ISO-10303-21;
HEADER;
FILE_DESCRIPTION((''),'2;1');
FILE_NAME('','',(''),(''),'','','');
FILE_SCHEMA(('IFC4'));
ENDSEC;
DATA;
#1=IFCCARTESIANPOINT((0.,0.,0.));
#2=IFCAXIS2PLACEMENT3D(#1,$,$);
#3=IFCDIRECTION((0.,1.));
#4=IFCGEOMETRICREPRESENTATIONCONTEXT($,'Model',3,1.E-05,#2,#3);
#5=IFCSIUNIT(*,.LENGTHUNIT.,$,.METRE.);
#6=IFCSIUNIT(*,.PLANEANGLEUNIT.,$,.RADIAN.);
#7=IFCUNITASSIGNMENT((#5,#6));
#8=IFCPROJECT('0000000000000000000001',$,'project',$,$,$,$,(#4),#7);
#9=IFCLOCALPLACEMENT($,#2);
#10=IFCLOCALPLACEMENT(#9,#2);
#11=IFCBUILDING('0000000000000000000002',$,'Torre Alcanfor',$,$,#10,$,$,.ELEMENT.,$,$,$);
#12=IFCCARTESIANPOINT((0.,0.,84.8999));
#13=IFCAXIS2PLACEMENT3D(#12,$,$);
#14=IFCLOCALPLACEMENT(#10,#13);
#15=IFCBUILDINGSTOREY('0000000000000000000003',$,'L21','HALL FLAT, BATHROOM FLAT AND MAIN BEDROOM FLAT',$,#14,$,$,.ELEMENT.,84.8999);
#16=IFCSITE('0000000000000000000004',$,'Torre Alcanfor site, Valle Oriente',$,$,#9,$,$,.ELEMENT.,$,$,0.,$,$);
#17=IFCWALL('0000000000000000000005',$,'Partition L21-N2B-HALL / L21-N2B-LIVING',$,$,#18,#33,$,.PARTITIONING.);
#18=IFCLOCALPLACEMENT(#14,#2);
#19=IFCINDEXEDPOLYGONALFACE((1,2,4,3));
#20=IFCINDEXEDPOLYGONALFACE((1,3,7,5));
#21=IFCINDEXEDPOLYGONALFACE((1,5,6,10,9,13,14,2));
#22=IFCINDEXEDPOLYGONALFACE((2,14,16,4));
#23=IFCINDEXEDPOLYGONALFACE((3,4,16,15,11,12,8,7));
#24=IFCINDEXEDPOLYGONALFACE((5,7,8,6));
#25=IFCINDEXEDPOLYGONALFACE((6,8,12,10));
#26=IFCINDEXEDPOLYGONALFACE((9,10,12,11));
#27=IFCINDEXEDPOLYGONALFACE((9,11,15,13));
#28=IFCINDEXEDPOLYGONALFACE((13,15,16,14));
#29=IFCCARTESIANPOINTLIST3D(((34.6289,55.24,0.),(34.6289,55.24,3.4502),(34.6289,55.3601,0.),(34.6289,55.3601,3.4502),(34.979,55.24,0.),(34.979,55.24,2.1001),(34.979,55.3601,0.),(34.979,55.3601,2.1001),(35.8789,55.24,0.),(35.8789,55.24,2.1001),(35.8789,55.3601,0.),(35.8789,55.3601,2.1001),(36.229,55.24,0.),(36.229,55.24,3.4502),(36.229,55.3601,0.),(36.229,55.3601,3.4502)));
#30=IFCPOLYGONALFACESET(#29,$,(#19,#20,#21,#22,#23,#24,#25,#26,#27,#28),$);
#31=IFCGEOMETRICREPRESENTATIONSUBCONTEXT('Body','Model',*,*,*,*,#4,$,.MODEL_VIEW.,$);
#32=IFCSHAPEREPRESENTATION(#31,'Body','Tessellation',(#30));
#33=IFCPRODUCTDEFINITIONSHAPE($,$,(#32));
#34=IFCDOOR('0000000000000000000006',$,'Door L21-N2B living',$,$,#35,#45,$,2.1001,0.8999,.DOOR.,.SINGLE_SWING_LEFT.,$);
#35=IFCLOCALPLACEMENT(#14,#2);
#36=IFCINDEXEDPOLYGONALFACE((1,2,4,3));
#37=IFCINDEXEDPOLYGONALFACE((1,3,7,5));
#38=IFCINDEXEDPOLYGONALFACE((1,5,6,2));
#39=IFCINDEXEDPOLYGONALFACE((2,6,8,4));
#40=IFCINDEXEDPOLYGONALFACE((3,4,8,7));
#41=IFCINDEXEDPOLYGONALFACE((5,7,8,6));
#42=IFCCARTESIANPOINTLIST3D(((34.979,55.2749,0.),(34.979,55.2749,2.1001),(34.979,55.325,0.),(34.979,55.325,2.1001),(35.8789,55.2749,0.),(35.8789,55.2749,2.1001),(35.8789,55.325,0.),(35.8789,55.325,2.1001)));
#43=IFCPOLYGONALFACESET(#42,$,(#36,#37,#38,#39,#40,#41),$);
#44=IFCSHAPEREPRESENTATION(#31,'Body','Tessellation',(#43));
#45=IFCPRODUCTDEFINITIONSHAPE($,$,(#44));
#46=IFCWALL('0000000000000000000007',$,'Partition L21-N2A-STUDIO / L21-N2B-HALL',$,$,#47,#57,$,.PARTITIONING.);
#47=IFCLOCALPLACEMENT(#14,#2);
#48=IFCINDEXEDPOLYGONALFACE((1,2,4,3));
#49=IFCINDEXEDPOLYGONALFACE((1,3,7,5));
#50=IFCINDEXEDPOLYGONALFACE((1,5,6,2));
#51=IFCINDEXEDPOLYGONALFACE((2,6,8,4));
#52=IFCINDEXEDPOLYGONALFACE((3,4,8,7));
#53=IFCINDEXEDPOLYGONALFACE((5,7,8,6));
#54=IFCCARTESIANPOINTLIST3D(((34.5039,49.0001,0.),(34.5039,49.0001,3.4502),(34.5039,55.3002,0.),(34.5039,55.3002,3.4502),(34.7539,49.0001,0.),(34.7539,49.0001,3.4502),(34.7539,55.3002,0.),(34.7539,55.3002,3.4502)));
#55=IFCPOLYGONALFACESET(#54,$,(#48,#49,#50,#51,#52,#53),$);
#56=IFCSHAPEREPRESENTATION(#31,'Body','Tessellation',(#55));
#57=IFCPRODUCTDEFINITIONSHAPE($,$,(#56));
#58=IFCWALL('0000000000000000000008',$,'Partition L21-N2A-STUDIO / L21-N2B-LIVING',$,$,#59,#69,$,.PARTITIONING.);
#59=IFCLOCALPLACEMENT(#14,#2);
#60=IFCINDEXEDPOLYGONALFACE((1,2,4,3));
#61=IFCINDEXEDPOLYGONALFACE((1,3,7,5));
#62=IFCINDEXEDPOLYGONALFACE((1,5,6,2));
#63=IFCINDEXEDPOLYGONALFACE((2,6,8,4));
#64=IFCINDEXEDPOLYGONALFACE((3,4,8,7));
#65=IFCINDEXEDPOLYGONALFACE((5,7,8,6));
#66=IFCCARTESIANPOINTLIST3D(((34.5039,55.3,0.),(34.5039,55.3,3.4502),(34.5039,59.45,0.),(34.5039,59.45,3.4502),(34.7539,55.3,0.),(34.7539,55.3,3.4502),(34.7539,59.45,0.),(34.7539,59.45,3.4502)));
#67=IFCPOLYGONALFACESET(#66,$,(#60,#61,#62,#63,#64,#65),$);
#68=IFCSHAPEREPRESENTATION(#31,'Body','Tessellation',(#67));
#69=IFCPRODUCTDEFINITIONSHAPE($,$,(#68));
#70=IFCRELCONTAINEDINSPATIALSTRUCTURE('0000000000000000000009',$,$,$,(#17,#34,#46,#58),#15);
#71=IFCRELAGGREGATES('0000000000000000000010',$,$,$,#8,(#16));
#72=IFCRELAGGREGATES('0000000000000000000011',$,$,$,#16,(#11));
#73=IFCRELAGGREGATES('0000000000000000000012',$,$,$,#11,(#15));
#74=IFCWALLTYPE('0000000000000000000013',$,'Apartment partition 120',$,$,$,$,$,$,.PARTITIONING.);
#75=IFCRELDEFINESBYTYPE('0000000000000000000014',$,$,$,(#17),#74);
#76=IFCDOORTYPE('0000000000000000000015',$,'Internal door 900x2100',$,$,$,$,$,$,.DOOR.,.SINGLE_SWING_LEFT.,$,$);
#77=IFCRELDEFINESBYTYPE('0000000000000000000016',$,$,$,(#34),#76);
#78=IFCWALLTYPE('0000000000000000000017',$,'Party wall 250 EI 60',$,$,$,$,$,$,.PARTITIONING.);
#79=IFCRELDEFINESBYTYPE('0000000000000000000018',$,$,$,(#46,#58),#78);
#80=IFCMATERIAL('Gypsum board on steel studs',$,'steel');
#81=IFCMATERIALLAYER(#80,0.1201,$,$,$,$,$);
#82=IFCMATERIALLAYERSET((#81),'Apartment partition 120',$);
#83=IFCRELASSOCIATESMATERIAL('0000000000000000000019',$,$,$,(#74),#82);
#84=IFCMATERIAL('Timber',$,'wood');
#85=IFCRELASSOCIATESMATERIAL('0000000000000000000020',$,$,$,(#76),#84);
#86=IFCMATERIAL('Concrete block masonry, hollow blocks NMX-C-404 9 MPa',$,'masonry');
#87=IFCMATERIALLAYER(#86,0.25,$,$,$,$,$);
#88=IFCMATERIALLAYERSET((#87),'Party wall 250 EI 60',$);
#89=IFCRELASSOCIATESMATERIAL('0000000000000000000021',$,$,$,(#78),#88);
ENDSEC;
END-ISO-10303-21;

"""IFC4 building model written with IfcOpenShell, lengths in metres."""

from ifc_helpers import new_model, si_unit, direction, frame, frame_2d, origin, place, context, subcontext, project, spatial, rectangle, extrude, material, layer, layer_set, type_object, element, fill, save


model = new_model("IFC4")

# Units and contexts
model_context = context("Model", 3, precision=1e-05, world=origin(), true_north=direction((0.0, 1.0)))
body_context = subcontext(model_context, "Body", "Model", "MODEL_VIEW")
ifc_project = project(units=[si_unit("LENGTHUNIT", "METRE"), si_unit("PLANEANGLEUNIT", "RADIAN")], contexts=[model_context])

# Site, building, storey
site_placement = place(None, origin())
site = spatial("IfcSite", under=ifc_project, at=site_placement, Name="Torre Alcanfor site, Valle Oriente", CompositionType="ELEMENT", RefElevation=0.0)
building_placement = place(site_placement, origin())
building = spatial("IfcBuilding", under=site, at=building_placement, Name="Torre Alcanfor", CompositionType="ELEMENT")
storey_placement = place(building_placement, frame((0.0, 0.0, 84.8999)))
storey = spatial("IfcBuildingStorey", under=building, at=storey_placement, Name="L21", Description="HALL FLAT, BATHROOM FLAT AND MAIN BEDROOM FLAT", CompositionType="ELEMENT", Elevation=84.8999)

# Shared definitions
ifc_material_1 = material(Name="Gypsum board on steel studs", Category="steel")
ifc_layer_1 = layer(ifc_material_1, 0.1201)
ifc_layer_set_1 = layer_set([ifc_layer_1], Name="Apartment partition 120")
wall_type_1 = type_object("IfcWallType", Name="Apartment partition 120", PredefinedType="PARTITIONING", material=ifc_layer_set_1)

# Wall, opening, door
wall_1_placement = place(storey_placement, frame((34.6289, 55.3, 0.0), z_axis=(0.0, 0.0, 1.0), x_axis=(1.0, 0.0, 0.0)))
wall_1 = element("IfcWall", 1, at=wall_1_placement, inside=storey, type_object=wall_type_1, Name="Partition L21-N2B-HALL / L21-N2B-LIVING", PredefinedType="PARTITIONING", context=body_context, shape_type="SweptSolid", body=[
    extrude(rectangle(XDim=1.6001, YDim=0.1201, at=frame_2d((0.8, 0.0))), origin(), (0.0, 0.0, 1.0), 3.4502),
])
opening_placement = place(wall_1_placement, frame((0.3501, 0.0, 0.0)))
opening = element("IfcOpeningElement", 2, at=opening_placement, cuts=wall_1, PredefinedType="OPENING", context=body_context, shape_type="SweptSolid", body=[
    extrude(rectangle(XDim=0.8999, YDim=2.1001, at=frame_2d((0.45, 1.05))), frame((0.0, 0.0701, 0.0), z_axis=(0.0, -1.0, 0.0), x_axis=(1.0, 0.0, 0.0)), (0.0, 0.0, 1.0), 0.1401),
])
ifc_material_2 = material(Name="Timber", Category="wood")
door_type = type_object("IfcDoorType", Name="Internal door 900x2100", OperationType="SINGLE_SWING_LEFT", PredefinedType="DOOR", material=ifc_material_2)
door_placement = place(opening_placement, origin())
door = element("IfcDoor", 3, at=door_placement, inside=storey, type_object=door_type, Name="Door L21-N2B living", OperationType="SINGLE_SWING_LEFT", OverallHeight=2.1001, OverallWidth=0.8999, PredefinedType="DOOR", context=body_context, shape_type="SweptSolid", body=[
    extrude(rectangle(XDim=0.8999, YDim=2.1001, at=frame_2d((0.45, 1.05))), frame((0.0, 0.0249, 0.0), z_axis=(0.0, -1.0, 0.0), x_axis=(1.0, 0.0, 0.0)), (0.0, 0.0, 1.0), 0.05),
])
fill(opening, door)

# Walls
ifc_material_3 = material(Name="Concrete block masonry, hollow blocks NMX-C-404 9 MPa", Category="masonry")
ifc_layer_2 = layer(ifc_material_3, 0.25)
ifc_layer_set_2 = layer_set([ifc_layer_2], Name="Party wall 250 EI 60")
wall_type_2 = type_object("IfcWallType", Name="Party wall 250 EI 60", PredefinedType="PARTITIONING", material=ifc_layer_set_2)
wall_2_placement = place(storey_placement, frame((34.6289, 55.3, 0.0), z_axis=(0.0, 0.0, 1.0), x_axis=(0.0, -1.0, 0.0)))
element("IfcWall", 4, at=wall_2_placement, inside=storey, type_object=wall_type_2, Name="Partition L21-N2A-STUDIO / L21-N2B-HALL", PredefinedType="PARTITIONING", context=body_context, shape_type="SweptSolid", body=[
    extrude(rectangle(XDim=6.3, YDim=0.25, at=frame_2d((3.1499, 0.0))), origin(), (0.0, 0.0, 1.0), 3.4502),
])
wall_3_placement = place(storey_placement, frame((34.6289, 59.45, 0.0), z_axis=(0.0, 0.0, 1.0), x_axis=(0.0, -1.0, 0.0)))
element("IfcWall", 5, at=wall_3_placement, inside=storey, type_object=wall_type_2, Name="Partition L21-N2A-STUDIO / L21-N2B-LIVING", PredefinedType="PARTITIONING", context=body_context, shape_type="SweptSolid", body=[
    extrude(rectangle(XDim=4.1499, YDim=0.25, at=frame_2d((2.075, 0.0))), origin(), (0.0, 0.0, 1.0), 3.4502),
])

save(model, "model.ifc")
